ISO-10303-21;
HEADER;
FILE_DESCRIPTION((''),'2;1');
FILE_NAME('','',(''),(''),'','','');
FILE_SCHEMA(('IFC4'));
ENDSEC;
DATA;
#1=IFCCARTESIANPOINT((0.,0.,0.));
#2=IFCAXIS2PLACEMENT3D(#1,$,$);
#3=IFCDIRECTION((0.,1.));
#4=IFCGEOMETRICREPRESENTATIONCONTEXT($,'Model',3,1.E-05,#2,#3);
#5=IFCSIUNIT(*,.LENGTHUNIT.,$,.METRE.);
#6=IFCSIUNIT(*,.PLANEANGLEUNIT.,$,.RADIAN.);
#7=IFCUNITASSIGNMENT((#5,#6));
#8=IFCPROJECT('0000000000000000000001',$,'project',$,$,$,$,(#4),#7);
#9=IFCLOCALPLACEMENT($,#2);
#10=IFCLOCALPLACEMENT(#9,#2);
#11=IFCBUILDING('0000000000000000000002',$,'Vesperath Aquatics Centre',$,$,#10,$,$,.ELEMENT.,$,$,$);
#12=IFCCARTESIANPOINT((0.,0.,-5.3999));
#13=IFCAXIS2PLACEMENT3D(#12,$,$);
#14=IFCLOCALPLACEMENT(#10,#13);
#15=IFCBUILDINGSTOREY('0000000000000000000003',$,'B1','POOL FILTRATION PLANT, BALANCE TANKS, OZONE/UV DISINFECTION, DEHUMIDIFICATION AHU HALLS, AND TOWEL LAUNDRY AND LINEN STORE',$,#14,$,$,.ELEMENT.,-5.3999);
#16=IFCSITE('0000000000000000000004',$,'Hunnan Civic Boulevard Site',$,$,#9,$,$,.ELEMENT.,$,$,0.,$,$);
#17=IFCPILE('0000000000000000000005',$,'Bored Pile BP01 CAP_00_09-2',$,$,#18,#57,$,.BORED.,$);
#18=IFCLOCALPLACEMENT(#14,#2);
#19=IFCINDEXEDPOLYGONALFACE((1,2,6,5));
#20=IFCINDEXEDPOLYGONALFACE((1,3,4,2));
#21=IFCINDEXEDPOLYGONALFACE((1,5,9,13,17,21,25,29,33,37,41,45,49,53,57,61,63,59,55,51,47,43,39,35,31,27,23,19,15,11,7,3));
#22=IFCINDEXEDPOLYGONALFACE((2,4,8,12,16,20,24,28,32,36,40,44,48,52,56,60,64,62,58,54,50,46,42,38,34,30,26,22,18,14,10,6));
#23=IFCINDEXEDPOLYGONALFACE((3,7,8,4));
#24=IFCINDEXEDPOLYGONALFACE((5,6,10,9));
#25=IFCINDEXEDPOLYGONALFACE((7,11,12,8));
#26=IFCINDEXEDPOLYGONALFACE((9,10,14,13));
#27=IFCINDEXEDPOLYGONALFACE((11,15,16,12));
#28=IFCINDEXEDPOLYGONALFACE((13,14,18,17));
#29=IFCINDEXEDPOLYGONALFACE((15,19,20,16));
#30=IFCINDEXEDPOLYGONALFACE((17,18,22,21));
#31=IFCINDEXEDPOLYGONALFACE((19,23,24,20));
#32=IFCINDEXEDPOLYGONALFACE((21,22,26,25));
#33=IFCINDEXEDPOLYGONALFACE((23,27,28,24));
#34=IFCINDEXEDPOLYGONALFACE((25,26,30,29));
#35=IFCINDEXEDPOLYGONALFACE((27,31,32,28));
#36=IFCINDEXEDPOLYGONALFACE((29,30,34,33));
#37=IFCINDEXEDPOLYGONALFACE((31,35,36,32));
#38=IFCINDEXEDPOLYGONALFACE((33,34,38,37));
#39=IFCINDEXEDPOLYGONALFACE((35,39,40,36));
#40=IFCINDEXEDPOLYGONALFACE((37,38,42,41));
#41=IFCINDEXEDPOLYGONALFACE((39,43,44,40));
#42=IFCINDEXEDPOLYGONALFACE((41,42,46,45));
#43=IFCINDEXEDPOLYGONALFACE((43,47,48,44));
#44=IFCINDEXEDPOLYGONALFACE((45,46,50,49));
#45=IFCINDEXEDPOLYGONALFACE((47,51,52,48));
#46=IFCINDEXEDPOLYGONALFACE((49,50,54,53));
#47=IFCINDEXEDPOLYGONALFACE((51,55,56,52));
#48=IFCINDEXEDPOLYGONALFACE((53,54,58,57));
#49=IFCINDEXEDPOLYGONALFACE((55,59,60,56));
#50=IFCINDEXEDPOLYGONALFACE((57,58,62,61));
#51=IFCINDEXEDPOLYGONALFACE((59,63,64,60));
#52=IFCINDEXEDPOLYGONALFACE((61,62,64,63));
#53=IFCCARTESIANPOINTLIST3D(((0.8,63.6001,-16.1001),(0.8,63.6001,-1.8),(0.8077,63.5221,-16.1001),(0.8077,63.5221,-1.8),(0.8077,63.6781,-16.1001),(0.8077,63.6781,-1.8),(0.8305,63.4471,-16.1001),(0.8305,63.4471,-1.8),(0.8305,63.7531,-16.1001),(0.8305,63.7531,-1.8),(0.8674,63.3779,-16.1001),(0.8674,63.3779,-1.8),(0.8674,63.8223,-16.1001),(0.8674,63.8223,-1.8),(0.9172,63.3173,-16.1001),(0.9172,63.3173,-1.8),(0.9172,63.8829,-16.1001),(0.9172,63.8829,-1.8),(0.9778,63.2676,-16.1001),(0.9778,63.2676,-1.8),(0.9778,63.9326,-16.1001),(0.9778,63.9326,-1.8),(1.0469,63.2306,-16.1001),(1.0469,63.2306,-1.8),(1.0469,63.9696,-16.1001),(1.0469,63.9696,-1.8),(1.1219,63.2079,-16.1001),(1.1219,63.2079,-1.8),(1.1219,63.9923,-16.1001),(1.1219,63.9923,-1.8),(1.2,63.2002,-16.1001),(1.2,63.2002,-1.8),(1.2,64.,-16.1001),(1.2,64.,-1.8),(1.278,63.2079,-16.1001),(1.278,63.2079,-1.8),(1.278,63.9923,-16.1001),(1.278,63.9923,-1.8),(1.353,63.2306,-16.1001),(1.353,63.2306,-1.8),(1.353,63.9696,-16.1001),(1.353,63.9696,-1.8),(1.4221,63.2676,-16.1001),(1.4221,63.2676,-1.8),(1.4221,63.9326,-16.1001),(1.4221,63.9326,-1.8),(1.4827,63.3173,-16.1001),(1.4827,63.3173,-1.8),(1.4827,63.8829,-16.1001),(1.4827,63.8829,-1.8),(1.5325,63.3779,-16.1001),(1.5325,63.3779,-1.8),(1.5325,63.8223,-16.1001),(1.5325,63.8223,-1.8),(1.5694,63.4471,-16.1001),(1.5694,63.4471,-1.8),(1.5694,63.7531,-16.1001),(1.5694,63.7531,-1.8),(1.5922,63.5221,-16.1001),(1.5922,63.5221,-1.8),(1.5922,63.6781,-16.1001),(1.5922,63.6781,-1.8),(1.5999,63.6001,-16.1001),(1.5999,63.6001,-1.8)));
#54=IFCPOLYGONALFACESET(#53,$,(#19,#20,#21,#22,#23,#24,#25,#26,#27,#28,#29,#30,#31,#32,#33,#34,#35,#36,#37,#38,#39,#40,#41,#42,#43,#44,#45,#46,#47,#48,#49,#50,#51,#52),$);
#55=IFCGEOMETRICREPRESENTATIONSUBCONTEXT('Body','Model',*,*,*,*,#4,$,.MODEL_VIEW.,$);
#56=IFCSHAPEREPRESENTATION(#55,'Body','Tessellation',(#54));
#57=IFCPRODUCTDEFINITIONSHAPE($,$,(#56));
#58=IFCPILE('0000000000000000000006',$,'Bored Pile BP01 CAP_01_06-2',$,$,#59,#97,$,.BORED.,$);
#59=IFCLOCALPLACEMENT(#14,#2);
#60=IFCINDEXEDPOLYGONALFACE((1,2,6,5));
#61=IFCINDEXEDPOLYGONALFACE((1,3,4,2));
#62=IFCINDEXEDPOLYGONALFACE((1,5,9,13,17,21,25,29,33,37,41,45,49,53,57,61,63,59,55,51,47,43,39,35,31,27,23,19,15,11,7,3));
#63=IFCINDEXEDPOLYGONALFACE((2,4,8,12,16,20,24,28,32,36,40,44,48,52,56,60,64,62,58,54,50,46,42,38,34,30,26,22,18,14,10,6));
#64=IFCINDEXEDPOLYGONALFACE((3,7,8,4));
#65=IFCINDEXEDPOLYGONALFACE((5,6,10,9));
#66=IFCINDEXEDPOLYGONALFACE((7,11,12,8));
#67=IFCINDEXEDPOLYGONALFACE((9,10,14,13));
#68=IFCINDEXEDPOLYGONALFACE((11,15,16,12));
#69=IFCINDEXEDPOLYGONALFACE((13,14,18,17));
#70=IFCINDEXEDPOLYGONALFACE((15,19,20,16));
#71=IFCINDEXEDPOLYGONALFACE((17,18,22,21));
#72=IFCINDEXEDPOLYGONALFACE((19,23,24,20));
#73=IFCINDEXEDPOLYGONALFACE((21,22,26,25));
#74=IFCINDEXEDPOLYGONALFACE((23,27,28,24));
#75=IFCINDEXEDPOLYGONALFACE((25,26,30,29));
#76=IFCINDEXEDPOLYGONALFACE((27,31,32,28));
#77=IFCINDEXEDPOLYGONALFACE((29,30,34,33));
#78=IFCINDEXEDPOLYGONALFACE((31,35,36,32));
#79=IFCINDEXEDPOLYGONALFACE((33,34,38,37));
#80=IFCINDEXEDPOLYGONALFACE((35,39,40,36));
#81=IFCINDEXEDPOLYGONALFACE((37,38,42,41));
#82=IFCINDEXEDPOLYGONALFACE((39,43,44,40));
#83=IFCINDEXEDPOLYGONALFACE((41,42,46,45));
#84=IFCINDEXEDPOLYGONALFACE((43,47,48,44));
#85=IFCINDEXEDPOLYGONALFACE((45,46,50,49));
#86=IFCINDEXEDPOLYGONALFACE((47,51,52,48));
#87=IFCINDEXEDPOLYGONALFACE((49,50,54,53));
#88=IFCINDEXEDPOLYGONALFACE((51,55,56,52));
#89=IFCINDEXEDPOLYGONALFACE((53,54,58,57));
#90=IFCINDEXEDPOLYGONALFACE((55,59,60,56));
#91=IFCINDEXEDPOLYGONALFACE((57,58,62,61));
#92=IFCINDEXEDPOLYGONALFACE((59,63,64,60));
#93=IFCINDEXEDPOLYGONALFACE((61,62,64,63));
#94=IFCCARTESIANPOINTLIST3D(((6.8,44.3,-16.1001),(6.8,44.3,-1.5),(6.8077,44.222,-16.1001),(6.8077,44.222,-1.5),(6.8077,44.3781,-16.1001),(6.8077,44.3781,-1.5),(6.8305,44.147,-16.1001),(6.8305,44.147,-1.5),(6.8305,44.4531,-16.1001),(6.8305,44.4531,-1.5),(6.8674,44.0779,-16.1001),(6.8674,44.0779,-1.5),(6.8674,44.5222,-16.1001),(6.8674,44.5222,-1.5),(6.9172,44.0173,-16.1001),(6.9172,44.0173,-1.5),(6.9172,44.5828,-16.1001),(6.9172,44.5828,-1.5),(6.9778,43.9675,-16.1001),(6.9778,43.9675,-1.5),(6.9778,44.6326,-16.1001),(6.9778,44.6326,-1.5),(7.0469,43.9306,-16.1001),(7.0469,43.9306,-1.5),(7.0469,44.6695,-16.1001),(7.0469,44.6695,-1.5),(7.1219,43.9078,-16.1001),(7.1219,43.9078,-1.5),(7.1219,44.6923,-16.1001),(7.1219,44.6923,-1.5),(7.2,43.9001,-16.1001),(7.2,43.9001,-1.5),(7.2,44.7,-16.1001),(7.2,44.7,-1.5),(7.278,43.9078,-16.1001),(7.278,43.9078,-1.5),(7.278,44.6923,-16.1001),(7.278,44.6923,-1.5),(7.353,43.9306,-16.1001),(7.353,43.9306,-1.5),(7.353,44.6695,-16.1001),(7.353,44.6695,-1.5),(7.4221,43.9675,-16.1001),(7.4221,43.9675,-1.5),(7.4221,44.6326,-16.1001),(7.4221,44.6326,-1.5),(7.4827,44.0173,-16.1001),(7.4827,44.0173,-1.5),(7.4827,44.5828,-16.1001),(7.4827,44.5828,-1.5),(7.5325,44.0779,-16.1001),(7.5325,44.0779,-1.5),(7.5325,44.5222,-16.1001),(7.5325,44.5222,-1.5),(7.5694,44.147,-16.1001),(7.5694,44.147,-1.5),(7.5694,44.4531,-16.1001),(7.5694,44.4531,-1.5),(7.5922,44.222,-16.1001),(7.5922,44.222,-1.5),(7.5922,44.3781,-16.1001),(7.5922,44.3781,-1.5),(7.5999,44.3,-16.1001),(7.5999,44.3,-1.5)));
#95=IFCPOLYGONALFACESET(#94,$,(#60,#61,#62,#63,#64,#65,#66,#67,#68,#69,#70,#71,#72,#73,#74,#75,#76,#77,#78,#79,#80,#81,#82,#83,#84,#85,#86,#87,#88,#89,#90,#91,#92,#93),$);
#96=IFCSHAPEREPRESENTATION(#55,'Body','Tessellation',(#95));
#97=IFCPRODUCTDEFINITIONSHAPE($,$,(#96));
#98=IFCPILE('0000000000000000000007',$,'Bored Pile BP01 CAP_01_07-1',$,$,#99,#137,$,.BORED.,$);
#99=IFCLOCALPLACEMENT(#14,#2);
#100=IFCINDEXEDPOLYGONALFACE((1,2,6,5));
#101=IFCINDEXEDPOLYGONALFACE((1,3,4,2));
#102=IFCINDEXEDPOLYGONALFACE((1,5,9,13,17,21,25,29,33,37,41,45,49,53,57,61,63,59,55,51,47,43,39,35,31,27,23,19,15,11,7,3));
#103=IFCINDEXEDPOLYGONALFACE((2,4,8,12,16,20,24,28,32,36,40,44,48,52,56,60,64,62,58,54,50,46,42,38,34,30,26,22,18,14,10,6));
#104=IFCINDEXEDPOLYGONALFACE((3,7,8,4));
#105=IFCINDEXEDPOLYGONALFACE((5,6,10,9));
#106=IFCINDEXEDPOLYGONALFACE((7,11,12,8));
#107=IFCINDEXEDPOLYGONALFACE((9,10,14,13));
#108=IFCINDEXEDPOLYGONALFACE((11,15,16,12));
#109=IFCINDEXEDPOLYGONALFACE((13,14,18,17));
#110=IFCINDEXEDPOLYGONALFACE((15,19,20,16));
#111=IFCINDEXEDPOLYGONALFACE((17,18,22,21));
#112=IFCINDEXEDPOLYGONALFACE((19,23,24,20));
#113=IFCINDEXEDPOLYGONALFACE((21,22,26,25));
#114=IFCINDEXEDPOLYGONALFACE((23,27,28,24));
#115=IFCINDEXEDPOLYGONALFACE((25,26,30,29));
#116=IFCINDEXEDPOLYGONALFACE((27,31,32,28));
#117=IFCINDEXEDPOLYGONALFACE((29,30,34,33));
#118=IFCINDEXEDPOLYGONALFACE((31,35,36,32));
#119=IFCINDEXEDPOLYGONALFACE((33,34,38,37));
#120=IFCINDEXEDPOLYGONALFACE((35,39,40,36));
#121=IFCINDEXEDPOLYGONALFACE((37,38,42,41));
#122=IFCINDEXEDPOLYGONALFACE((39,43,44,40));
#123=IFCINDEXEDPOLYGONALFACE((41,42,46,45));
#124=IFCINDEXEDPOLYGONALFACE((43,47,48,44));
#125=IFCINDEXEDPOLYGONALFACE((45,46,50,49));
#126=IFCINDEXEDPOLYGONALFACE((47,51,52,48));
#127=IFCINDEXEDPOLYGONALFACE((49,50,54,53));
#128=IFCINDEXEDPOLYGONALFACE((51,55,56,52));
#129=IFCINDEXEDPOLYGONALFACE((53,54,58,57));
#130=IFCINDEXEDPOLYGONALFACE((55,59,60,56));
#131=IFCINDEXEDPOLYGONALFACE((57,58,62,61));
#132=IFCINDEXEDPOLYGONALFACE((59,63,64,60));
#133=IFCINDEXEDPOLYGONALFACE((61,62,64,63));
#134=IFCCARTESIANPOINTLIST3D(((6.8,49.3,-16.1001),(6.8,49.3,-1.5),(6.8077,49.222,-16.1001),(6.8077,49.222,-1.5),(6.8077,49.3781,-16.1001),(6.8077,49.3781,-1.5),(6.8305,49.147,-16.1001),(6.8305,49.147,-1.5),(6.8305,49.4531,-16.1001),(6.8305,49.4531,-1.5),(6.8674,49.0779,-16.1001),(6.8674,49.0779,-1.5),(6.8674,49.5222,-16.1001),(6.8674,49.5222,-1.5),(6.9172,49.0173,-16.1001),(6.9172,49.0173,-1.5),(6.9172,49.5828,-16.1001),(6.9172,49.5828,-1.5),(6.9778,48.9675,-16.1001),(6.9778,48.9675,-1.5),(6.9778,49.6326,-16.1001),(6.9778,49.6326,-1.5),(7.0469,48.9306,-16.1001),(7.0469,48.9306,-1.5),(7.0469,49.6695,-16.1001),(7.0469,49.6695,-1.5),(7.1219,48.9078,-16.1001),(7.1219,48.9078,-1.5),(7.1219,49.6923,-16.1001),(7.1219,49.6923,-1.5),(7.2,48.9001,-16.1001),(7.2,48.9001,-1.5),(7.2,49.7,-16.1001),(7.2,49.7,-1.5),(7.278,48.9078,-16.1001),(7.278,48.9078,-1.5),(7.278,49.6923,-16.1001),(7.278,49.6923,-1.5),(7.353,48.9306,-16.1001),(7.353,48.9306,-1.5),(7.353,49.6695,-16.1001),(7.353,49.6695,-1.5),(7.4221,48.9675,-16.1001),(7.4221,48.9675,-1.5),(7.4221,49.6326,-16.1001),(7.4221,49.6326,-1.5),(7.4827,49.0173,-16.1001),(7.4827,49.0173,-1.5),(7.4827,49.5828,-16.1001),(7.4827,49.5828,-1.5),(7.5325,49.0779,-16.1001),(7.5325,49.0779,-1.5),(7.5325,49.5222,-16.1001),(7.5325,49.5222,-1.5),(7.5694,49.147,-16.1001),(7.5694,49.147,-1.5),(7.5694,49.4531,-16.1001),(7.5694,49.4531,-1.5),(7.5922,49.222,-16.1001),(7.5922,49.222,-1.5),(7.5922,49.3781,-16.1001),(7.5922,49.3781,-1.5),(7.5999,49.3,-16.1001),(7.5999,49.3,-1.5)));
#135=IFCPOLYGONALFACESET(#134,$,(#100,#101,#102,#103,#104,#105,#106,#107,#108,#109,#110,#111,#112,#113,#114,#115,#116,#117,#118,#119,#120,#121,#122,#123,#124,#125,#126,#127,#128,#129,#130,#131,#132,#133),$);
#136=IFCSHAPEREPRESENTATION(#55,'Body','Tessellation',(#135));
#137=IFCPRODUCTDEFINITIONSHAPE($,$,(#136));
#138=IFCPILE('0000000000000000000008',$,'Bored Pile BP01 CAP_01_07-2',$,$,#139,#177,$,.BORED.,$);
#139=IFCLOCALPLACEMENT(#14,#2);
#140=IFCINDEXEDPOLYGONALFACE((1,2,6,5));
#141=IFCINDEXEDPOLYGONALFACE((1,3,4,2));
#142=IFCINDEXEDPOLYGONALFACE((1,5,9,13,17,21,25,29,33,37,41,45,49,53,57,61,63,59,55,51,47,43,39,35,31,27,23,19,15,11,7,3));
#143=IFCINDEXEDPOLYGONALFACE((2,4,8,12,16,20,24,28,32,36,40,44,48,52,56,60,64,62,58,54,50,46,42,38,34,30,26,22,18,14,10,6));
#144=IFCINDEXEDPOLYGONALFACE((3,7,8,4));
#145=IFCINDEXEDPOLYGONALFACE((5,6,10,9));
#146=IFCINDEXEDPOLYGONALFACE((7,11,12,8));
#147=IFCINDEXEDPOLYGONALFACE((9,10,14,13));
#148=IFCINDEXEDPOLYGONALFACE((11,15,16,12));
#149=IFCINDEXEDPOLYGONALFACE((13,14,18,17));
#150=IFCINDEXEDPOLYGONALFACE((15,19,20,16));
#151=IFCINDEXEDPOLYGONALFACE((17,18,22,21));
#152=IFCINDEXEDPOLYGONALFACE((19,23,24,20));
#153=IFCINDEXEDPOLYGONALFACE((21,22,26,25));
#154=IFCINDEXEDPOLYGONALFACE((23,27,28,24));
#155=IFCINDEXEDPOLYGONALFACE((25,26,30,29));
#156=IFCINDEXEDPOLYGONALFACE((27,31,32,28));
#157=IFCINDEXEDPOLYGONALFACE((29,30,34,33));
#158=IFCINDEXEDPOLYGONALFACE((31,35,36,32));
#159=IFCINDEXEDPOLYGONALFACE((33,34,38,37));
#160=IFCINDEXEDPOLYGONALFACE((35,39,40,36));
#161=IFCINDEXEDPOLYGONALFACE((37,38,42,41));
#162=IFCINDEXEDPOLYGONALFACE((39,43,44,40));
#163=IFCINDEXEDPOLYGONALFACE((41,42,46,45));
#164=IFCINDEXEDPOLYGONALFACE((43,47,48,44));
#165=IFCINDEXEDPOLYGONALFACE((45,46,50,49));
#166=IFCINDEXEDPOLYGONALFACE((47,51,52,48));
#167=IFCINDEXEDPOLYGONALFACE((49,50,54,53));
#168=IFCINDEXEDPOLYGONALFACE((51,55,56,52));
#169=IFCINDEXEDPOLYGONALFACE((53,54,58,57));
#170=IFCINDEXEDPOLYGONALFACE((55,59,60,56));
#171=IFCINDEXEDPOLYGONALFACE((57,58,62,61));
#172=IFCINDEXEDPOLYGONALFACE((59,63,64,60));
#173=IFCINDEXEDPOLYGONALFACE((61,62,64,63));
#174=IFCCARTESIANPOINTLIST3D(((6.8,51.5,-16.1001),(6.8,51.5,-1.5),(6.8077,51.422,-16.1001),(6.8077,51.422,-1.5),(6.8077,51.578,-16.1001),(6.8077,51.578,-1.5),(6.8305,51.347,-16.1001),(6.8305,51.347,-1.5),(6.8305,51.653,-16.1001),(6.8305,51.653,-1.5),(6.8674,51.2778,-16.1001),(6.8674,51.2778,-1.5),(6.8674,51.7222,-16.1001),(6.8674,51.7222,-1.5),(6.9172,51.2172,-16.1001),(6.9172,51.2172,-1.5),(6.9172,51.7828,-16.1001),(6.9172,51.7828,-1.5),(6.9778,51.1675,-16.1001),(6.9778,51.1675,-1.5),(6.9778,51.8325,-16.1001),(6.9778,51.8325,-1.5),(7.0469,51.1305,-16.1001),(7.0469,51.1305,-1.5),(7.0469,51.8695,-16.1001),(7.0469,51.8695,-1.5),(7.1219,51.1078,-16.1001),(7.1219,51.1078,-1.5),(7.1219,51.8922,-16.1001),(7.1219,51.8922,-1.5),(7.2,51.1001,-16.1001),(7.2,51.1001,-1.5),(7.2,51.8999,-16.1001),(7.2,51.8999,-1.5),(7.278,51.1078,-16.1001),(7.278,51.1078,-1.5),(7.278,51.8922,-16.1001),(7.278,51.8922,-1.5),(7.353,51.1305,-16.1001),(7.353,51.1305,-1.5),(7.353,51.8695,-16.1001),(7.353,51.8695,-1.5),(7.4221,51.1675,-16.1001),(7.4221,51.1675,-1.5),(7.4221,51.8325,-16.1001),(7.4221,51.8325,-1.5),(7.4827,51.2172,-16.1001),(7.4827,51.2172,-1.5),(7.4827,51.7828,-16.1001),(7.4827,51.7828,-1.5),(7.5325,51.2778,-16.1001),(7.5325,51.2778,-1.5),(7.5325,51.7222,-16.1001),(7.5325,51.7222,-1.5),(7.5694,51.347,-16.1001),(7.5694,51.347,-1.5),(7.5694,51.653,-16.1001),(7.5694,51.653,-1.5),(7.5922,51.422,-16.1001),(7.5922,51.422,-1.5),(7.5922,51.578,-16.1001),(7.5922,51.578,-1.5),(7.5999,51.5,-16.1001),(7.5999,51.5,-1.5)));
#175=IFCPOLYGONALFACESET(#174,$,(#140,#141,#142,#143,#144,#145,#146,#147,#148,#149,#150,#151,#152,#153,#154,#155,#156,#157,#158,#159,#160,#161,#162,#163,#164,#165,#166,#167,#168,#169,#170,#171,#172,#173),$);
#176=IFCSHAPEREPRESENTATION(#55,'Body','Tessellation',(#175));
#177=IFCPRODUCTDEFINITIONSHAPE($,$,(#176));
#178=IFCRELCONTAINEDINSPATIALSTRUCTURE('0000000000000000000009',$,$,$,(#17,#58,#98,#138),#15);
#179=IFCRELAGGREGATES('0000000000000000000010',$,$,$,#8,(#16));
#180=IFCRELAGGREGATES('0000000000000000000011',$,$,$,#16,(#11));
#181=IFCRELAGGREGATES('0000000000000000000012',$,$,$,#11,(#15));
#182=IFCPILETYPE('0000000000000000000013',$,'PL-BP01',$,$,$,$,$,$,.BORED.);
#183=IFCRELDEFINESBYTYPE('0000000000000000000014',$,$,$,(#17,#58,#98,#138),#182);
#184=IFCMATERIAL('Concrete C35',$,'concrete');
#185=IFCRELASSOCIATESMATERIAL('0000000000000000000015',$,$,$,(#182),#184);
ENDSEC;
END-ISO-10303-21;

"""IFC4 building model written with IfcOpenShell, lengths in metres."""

from ifc_helpers import new_model, si_unit, direction, frame, origin, origin_2d, place, context, subcontext, project, spatial, circle, extrude, material, material_profile, profile_set, type_object, element, save


model = new_model("IFC4")

# Units and contexts
model_context = context("Model", 3, precision=1e-05, world=origin(), true_north=direction((0.0, 1.0)))
body_context = subcontext(model_context, "Body", "Model", "MODEL_VIEW")
ifc_project = project(units=[si_unit("LENGTHUNIT", "METRE"), si_unit("PLANEANGLEUNIT", "RADIAN")], contexts=[model_context])

# Site, building, storey
site_placement = place(None, origin())
site = spatial("IfcSite", under=ifc_project, at=site_placement, Name="Hunnan Civic Boulevard Site", CompositionType="ELEMENT", RefElevation=0.0)
building_placement = place(site_placement, origin())
building = spatial("IfcBuilding", under=site, at=building_placement, Name="Vesperath Aquatics Centre", CompositionType="ELEMENT")
storey_placement = place(building_placement, frame((0.0, 0.0, -5.3999)))
storey = spatial("IfcBuildingStorey", under=building, at=storey_placement, Name="B1", Description="POOL FILTRATION PLANT, BALANCE TANKS, OZONE/UV DISINFECTION, DEHUMIDIFICATION AHU HALLS, AND TOWEL LAUNDRY AND LINEN STORE", CompositionType="ELEMENT", Elevation=-5.3999)

# Piles
ifc_material_1 = material(Name="Concrete C35", Category="concrete")
ifc_material_profile_1 = material_profile(ifc_material_1, circle(Radius=0.3999, at=origin_2d()), Name="PILE D800")
ifc_profile_set_1 = profile_set([ifc_material_profile_1], Name="Concrete C35")
pile_type = type_object("IfcPileType", Name="PL-BP01", PredefinedType="BORED", material=ifc_profile_set_1)
for number, where, z_axis, x_axis, name in (
    (1, (1.2, 63.6001, -1.8), (0.0, 0.0, -1.0), (1.0, 0.0, 0.0), "Bored Pile BP01 CAP_00_09-2"),
):
    element("IfcPile", number, at=place(storey_placement, frame(where, z_axis=z_axis, x_axis=x_axis)), inside=storey, type_object=pile_type, Name=name, PredefinedType="BORED", context=body_context, shape_type="SweptSolid", body=[
        extrude(circle(Radius=0.3999, at=origin_2d()), origin(), (0.0, 0.0, 1.0), 14.3),
    ])
for number, where, z_axis, x_axis, name in (
    (2, (7.2, 44.3, -1.5), (0.0, 0.0, -1.0), (1.0, 0.0, 0.0), "Bored Pile BP01 CAP_01_06-2"),
    (3, (7.2, 49.3, -1.5), (0.0, 0.0, -1.0), (1.0, 0.0, 0.0), "Bored Pile BP01 CAP_01_07-1"),
    (4, (7.2, 51.5, -1.5), (0.0, 0.0, -1.0), (1.0, 0.0, 0.0), "Bored Pile BP01 CAP_01_07-2"),
):
    element("IfcPile", number, at=place(storey_placement, frame(where, z_axis=z_axis, x_axis=x_axis)), inside=storey, type_object=pile_type, Name=name, PredefinedType="BORED", context=body_context, shape_type="SweptSolid", body=[
        extrude(circle(Radius=0.3999, at=origin_2d()), origin(), (0.0, 0.0, 1.0), 14.6001),
    ])

save(model, "model.ifc")
